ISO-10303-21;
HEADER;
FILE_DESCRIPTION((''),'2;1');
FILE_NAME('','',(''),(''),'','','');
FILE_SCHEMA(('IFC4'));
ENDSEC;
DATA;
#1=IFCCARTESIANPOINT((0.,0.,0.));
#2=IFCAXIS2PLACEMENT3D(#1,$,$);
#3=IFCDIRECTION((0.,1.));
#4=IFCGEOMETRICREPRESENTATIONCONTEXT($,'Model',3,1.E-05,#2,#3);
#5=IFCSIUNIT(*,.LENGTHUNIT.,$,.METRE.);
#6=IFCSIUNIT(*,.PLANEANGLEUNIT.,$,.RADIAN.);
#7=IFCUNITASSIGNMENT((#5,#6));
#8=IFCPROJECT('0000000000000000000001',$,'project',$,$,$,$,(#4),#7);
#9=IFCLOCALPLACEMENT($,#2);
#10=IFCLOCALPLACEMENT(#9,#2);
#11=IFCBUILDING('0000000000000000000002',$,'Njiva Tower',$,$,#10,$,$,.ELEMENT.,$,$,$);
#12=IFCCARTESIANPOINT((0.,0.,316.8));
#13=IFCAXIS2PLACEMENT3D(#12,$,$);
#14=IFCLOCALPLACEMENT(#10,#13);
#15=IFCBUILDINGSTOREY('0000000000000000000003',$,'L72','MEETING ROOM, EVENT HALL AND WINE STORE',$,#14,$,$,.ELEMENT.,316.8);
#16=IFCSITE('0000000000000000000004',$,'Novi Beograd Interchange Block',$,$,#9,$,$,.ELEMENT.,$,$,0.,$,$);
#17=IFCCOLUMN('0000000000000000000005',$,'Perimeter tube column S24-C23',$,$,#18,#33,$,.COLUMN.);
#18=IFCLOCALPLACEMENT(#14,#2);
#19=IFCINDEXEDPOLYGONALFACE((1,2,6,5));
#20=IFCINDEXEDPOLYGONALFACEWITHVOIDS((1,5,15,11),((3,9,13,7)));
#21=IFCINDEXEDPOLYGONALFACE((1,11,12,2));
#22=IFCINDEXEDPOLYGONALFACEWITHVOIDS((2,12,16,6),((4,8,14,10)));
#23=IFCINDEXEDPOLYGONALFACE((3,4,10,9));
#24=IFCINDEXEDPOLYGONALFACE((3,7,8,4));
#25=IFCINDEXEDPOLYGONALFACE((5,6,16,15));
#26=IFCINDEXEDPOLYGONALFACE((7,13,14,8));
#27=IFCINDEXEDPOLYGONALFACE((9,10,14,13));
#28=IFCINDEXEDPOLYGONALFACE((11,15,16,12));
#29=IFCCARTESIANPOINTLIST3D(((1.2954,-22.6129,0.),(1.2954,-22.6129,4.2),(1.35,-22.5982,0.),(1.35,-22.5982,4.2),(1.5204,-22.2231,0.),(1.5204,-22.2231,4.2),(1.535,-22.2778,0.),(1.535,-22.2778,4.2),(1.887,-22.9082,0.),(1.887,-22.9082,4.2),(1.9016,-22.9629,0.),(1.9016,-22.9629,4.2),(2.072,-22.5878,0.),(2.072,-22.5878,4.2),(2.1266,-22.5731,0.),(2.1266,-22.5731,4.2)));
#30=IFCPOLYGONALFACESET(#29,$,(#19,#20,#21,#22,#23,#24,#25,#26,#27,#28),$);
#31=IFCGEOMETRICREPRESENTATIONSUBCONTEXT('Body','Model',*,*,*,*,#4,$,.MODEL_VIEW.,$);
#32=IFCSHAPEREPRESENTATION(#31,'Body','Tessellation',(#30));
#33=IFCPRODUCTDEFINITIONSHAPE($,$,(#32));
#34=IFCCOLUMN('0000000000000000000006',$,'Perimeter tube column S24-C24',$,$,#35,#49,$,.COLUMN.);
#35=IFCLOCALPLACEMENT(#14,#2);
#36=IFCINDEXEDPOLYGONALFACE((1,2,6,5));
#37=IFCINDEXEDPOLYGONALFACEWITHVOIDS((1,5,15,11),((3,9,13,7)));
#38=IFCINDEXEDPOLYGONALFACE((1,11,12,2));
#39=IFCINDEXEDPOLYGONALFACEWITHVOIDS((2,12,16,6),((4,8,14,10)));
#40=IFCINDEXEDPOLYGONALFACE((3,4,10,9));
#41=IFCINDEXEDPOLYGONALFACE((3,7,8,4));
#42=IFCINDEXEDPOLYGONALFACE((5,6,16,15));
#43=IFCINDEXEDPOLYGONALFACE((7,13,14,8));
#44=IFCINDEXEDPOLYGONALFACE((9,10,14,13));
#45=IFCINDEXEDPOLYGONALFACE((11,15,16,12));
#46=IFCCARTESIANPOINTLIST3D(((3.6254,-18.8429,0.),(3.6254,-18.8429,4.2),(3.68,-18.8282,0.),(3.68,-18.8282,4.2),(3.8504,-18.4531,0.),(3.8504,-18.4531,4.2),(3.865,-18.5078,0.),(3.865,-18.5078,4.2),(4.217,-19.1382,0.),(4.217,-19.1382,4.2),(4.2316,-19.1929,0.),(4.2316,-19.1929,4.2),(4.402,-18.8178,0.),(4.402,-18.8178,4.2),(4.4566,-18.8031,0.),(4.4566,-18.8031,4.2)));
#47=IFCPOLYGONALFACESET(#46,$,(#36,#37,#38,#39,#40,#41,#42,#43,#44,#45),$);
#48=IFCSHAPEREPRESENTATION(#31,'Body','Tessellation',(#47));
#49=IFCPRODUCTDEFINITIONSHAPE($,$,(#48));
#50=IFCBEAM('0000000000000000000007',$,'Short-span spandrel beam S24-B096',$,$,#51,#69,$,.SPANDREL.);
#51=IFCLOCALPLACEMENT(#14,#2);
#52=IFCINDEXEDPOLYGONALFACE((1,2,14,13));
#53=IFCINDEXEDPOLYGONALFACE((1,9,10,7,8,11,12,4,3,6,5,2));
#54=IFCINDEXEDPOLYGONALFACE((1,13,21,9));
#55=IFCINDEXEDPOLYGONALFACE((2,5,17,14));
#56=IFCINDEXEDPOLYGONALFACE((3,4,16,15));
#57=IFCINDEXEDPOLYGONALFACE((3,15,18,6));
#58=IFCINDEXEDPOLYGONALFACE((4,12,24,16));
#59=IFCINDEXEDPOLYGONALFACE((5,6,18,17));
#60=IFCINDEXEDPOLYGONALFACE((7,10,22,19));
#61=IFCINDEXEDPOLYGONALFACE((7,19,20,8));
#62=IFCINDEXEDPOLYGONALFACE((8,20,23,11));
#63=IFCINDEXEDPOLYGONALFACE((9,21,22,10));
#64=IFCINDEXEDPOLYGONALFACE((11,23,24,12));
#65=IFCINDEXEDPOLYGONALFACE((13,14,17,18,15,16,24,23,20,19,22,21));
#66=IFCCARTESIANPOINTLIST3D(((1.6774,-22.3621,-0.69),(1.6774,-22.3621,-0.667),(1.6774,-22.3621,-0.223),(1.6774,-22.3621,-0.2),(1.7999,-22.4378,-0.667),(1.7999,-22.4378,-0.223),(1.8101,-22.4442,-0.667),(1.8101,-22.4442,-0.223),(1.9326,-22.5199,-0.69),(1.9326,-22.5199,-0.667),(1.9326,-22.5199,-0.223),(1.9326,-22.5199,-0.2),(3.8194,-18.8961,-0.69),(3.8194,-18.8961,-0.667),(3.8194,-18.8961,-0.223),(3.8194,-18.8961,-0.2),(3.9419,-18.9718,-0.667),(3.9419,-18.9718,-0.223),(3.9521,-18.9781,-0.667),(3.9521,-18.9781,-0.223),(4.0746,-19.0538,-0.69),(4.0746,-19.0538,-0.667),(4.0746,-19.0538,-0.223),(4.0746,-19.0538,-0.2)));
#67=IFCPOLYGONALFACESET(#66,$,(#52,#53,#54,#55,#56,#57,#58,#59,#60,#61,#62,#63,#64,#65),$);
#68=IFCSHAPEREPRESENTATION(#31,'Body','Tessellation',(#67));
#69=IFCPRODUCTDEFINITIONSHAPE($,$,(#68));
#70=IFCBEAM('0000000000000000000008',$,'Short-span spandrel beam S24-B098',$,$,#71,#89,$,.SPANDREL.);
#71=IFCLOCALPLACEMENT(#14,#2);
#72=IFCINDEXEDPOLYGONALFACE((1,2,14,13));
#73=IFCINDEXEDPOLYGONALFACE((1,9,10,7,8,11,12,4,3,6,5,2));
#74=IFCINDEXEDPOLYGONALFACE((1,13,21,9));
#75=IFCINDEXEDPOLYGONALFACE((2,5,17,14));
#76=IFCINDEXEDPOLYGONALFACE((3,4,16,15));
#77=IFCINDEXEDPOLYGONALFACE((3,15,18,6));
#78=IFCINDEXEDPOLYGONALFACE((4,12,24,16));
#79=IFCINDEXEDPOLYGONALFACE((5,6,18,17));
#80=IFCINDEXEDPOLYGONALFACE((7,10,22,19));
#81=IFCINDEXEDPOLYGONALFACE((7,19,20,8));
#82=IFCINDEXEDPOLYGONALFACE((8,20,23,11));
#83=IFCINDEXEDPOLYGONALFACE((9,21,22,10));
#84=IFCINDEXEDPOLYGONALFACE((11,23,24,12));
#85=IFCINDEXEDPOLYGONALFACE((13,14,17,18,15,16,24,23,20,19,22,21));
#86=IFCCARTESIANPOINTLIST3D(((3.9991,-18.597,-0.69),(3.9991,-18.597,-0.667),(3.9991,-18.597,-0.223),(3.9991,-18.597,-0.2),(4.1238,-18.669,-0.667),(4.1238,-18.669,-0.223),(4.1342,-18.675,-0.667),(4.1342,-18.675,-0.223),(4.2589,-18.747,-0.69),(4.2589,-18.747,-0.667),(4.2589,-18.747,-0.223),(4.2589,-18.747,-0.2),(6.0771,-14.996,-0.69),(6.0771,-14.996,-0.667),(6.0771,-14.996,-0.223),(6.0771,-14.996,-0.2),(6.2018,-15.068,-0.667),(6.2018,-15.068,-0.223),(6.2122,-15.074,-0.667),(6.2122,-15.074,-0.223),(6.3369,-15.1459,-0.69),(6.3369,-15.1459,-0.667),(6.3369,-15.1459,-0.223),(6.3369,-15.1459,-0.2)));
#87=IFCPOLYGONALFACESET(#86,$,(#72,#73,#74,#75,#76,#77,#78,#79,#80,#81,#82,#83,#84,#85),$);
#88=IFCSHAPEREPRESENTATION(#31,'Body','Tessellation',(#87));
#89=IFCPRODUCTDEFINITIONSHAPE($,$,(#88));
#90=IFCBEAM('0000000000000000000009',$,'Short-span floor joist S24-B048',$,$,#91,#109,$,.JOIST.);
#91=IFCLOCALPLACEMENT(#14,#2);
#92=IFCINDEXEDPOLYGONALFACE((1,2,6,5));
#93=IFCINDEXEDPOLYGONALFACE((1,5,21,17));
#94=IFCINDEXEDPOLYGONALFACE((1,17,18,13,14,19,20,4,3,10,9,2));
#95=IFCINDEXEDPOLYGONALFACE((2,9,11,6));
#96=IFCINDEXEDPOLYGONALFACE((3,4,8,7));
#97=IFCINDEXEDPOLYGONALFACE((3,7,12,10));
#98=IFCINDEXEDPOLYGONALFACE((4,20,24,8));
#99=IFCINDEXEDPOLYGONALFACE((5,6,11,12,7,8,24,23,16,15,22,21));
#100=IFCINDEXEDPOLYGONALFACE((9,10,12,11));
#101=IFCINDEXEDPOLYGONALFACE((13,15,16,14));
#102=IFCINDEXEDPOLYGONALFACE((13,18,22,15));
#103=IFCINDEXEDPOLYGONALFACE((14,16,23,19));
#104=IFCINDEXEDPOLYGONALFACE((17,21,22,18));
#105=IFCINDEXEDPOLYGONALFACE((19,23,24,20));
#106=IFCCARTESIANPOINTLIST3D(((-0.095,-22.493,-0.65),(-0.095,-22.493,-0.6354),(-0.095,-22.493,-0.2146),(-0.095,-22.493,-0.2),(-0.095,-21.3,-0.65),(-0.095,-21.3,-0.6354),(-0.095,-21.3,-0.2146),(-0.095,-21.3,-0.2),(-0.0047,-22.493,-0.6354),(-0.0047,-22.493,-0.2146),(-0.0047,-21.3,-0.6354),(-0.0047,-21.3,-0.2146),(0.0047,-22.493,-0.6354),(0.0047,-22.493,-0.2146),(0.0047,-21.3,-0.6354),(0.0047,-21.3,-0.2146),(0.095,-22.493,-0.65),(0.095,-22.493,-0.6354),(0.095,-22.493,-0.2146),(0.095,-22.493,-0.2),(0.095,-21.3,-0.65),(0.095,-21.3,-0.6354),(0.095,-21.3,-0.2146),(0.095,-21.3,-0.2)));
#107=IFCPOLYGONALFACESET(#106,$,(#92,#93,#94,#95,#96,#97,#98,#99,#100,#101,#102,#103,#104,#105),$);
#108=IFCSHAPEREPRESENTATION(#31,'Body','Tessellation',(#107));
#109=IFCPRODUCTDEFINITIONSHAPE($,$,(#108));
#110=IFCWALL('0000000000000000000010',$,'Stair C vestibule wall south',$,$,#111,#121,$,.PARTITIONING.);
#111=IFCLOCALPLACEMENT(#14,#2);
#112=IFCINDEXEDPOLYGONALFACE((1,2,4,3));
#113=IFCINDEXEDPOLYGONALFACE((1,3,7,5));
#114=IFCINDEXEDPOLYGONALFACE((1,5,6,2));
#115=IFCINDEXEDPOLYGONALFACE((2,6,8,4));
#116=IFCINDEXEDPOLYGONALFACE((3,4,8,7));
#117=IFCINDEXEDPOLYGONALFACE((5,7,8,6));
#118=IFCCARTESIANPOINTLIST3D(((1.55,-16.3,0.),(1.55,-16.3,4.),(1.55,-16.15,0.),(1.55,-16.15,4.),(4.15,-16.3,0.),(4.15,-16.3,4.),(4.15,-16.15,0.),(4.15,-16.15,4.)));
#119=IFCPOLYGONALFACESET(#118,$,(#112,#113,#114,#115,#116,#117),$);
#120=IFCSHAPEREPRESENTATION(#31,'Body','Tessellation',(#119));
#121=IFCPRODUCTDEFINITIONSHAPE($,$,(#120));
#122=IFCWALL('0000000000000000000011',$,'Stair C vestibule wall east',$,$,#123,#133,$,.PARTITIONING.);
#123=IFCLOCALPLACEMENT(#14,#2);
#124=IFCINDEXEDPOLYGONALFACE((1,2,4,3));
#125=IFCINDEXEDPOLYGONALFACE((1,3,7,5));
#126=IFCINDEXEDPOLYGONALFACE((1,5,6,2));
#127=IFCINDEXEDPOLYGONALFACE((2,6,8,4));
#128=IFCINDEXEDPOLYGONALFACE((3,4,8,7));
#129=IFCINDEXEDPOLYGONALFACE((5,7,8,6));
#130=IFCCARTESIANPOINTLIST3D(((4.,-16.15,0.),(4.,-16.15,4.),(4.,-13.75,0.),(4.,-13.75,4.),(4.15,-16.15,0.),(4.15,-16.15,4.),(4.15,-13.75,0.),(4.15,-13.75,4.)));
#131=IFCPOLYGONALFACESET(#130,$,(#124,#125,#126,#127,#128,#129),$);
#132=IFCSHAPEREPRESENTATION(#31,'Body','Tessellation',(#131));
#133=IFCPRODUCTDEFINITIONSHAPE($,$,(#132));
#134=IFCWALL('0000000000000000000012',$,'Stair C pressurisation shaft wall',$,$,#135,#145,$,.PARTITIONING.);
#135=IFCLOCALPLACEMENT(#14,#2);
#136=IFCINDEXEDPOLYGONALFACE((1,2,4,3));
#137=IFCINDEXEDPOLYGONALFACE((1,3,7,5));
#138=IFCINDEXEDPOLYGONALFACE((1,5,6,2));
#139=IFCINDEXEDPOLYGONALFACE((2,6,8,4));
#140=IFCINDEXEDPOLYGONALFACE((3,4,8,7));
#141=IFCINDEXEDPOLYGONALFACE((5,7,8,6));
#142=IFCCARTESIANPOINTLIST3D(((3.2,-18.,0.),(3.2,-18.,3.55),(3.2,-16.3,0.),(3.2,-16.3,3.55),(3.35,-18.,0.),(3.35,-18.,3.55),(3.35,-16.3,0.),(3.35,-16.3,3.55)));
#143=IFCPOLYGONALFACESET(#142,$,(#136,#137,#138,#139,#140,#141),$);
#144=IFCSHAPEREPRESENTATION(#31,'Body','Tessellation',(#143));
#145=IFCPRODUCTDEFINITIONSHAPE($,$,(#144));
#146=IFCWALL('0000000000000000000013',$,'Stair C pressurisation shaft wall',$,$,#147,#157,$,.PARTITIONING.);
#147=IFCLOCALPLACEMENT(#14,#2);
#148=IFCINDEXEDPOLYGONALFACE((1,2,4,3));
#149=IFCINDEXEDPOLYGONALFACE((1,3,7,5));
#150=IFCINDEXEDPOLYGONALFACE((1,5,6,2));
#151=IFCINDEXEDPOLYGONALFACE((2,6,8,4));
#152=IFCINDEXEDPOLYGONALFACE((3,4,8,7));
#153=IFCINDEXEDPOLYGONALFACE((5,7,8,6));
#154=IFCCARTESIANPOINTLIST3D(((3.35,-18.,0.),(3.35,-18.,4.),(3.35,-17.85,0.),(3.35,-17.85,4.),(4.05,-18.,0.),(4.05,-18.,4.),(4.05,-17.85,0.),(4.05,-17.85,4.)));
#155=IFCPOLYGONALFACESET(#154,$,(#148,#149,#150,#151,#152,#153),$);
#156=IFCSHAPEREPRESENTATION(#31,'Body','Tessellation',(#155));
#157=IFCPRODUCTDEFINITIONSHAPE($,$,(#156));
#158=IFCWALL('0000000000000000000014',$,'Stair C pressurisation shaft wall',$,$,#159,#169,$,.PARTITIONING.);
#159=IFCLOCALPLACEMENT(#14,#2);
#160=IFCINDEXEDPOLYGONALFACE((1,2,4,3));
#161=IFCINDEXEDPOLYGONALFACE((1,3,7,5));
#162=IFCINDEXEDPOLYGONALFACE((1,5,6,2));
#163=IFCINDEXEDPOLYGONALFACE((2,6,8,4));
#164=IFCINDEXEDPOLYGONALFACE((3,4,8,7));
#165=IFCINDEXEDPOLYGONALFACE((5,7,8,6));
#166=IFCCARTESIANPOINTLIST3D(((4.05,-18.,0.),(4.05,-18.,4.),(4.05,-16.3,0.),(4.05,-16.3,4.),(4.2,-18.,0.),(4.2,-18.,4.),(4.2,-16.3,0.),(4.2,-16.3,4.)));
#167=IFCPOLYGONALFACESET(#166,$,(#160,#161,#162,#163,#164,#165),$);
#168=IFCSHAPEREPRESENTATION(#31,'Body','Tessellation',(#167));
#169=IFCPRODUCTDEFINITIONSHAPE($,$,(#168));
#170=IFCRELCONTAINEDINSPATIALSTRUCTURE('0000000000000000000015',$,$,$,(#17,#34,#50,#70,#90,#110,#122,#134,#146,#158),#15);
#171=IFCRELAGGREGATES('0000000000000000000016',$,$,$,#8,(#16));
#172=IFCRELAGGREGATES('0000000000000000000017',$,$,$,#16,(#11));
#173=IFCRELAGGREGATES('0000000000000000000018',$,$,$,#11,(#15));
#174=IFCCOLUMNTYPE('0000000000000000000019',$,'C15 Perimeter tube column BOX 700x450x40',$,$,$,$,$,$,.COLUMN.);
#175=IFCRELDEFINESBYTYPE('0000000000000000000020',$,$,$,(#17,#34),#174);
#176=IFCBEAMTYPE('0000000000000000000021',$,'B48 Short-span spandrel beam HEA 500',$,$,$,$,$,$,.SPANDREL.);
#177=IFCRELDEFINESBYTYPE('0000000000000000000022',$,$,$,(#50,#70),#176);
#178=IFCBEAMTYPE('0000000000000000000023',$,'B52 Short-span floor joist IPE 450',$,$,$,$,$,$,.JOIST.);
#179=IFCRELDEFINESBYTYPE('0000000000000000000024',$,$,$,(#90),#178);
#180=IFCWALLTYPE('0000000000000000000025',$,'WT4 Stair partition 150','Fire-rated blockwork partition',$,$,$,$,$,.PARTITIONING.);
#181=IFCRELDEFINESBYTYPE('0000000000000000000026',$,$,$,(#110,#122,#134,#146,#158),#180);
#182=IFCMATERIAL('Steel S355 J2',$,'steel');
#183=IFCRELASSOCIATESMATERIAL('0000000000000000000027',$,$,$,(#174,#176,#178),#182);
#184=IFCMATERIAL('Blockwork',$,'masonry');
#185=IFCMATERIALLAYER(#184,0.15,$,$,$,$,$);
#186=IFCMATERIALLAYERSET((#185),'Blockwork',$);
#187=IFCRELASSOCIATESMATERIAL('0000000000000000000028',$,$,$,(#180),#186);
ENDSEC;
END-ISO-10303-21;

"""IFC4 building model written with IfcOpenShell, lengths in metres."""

from ifc_helpers import new_model, si_unit, direction, frame, frame_2d, origin, origin_2d, place, context, subcontext, project, spatial, rectangle, hollow_rectangle, i_section, extrude, material, layer, layer_set, material_profile, profile_set, type_object, element, save


model = new_model("IFC4")

# Units and contexts
model_context = context("Model", 3, precision=1e-05, world=origin(), true_north=direction((0.0, 1.0)))
body_context = subcontext(model_context, "Body", "Model", "MODEL_VIEW")
ifc_project = project(units=[si_unit("LENGTHUNIT", "METRE"), si_unit("PLANEANGLEUNIT", "RADIAN")], contexts=[model_context])

# Site, building, storey
site_placement = place(None, origin())
site = spatial("IfcSite", under=ifc_project, at=site_placement, Name="Novi Beograd Interchange Block", CompositionType="ELEMENT", RefElevation=0.0)
building_placement = place(site_placement, origin())
building = spatial("IfcBuilding", under=site, at=building_placement, Name="Njiva Tower", CompositionType="ELEMENT")
storey_placement = place(building_placement, frame((0.0, 0.0, 316.8)))
storey = spatial("IfcBuildingStorey", under=building, at=storey_placement, Name="L72", Description="MEETING ROOM, EVENT HALL AND WINE STORE", CompositionType="ELEMENT", Elevation=316.8)

# Columns
ifc_material_1 = material(Name="Steel S355 J2", Category="steel")
ifc_material_profile_1 = material_profile(ifc_material_1, hollow_rectangle(XDim=0.45, YDim=0.7, WallThickness=0.04, at=origin_2d()), Name="BOX 700x450x40")
ifc_profile_set_1 = profile_set([ifc_material_profile_1], Name="Steel S355 J2")
column_type = type_object("IfcColumnType", Name="C15 Perimeter tube column BOX 700x450x40", PredefinedType="COLUMN", material=ifc_profile_set_1)
for number, where, z_axis, x_axis, name in (
    (1, (1.711, -22.593, 0.0), (0.0, 0.0, 1.0), (0.5, 0.866025, 0.0), "Perimeter tube column S24-C23"),
    (2, (4.041, -18.823, 0.0), (0.0, 0.0, 1.0), (0.5, 0.866025, 0.0), "Perimeter tube column S24-C24"),
):
    element("IfcColumn", number, at=place(storey_placement, frame(where, z_axis=z_axis, x_axis=x_axis)), inside=storey, type_object=column_type, Name=name, PredefinedType="COLUMN", context=body_context, shape_type="SweptSolid", body=[
        extrude(hollow_rectangle(XDim=0.45, YDim=0.7, WallThickness=0.04, at=origin_2d()), origin(), (0.0, 0.0, 1.0), 4.2),
    ])

# Beams
ifc_material_profile_2 = material_profile(ifc_material_1, i_section(OverallWidth=0.3, OverallDepth=0.49, WebThickness=0.012, FlangeThickness=0.023, at=origin_2d()), Name="HEA 500")
ifc_profile_set_2 = profile_set([ifc_material_profile_2], Name="Steel S355 J2")
beam_type_1 = type_object("IfcBeamType", Name="B48 Short-span spandrel beam HEA 500", PredefinedType="SPANDREL", material=ifc_profile_set_2)
beam_1_placement = place(storey_placement, frame((1.805, -22.441, -0.445), z_axis=(0.525712, 0.850662, 0.0), x_axis=(-0.850662, 0.525712, 0.0)))
element("IfcBeam", 3, at=beam_1_placement, inside=storey, type_object=beam_type_1, Name="Short-span spandrel beam S24-B096", PredefinedType="SPANDREL", context=body_context, shape_type="SweptSolid", body=[
    extrude(i_section(OverallWidth=0.3, OverallDepth=0.49, WebThickness=0.012, FlangeThickness=0.023, at=origin_2d()), origin(), (0.0, 0.0, 1.0), 4.0745),
])
beam_2_placement = place(storey_placement, frame((4.129, -18.672, -0.445), z_axis=(0.499813, 0.866134, 0.0), x_axis=(-0.866134, 0.499813, 0.0)))
element("IfcBeam", 4, at=beam_2_placement, inside=storey, type_object=beam_type_1, Name="Short-span spandrel beam S24-B098", PredefinedType="SPANDREL", context=body_context, shape_type="SweptSolid", body=[
    extrude(i_section(OverallWidth=0.3, OverallDepth=0.49, WebThickness=0.012, FlangeThickness=0.023, at=origin_2d()), origin(), (0.0, 0.0, 1.0), 4.1576),
])
ifc_material_profile_3 = material_profile(ifc_material_1, i_section(OverallWidth=0.19, OverallDepth=0.45, WebThickness=0.0094, FlangeThickness=0.0146, at=origin_2d()), Name="IPE 450")
ifc_profile_set_3 = profile_set([ifc_material_profile_3], Name="Steel S355 J2")
beam_type_2 = type_object("IfcBeamType", Name="B52 Short-span floor joist IPE 450", PredefinedType="JOIST", material=ifc_profile_set_3)
beam_3_placement = place(storey_placement, frame((0.0, -21.3, -0.425), z_axis=(0.0, -1.0, 0.0), x_axis=(1.0, 0.0, 0.0)))
element("IfcBeam", 5, at=beam_3_placement, inside=storey, type_object=beam_type_2, Name="Short-span floor joist S24-B048", PredefinedType="JOIST", context=body_context, shape_type="SweptSolid", body=[
    extrude(i_section(OverallWidth=0.19, OverallDepth=0.45, WebThickness=0.0094, FlangeThickness=0.0146, at=origin_2d()), origin(), (0.0, 0.0, 1.0), 1.193),
])

# Walls
ifc_material_2 = material(Name="Blockwork", Category="masonry")
ifc_layer_1 = layer(ifc_material_2, 0.15)
ifc_layer_set_1 = layer_set([ifc_layer_1], Name="Blockwork")
wall_type_1 = type_object("IfcWallType", Name="WT4 Stair partition 150", Description="Fire-rated blockwork partition", PredefinedType="PARTITIONING", material=ifc_layer_set_1)
wall_1_placement = place(storey_placement, frame((1.55, -16.225, 0.0), z_axis=(0.0, 0.0, 1.0), x_axis=(1.0, 0.0, 0.0)))
element("IfcWall", 6, at=wall_1_placement, inside=storey, type_object=wall_type_1, Name="Stair C vestibule wall south", PredefinedType="PARTITIONING", context=body_context, shape_type="SweptSolid", body=[
    extrude(rectangle(XDim=2.6, YDim=0.15, at=frame_2d((1.3, 0.0))), origin(), (0.0, 0.0, 1.0), 4.0),
])
wall_2_placement = place(storey_placement, frame((4.075, -16.15, 0.0), z_axis=(0.0, 0.0, 1.0), x_axis=(0.0, 1.0, 0.0)))
element("IfcWall", 7, at=wall_2_placement, inside=storey, type_object=wall_type_1, Name="Stair C vestibule wall east", PredefinedType="PARTITIONING", context=body_context, shape_type="SweptSolid", body=[
    extrude(rectangle(XDim=2.4, YDim=0.15, at=frame_2d((1.2, 0.0))), origin(), (0.0, 0.0, 1.0), 4.0),
])
wall_3_placement = place(storey_placement, frame((3.275, -18.0, 0.0), z_axis=(0.0, 0.0, 1.0), x_axis=(0.0, 1.0, 0.0)))
element("IfcWall", 8, at=wall_3_placement, inside=storey, type_object=wall_type_1, Name="Stair C pressurisation shaft wall", PredefinedType="PARTITIONING", context=body_context, shape_type="SweptSolid", body=[
    extrude(rectangle(XDim=1.7, YDim=0.15, at=frame_2d((0.85, 0.0))), origin(), (0.0, 0.0, 1.0), 3.55),
])
wall_4_placement = place(storey_placement, frame((3.35, -17.925, 0.0), z_axis=(0.0, 0.0, 1.0), x_axis=(1.0, 0.0, 0.0)))
element("IfcWall", 9, at=wall_4_placement, inside=storey, type_object=wall_type_1, Name="Stair C pressurisation shaft wall", PredefinedType="PARTITIONING", context=body_context, shape_type="SweptSolid", body=[
    extrude(rectangle(XDim=0.7, YDim=0.15, at=frame_2d((0.35, 0.0))), origin(), (0.0, 0.0, 1.0), 4.0),
])
wall_5_placement = place(storey_placement, frame((4.125, -18.0, 0.0), z_axis=(0.0, 0.0, 1.0), x_axis=(0.0, 1.0, 0.0)))
element("IfcWall", 10, at=wall_5_placement, inside=storey, type_object=wall_type_1, Name="Stair C pressurisation shaft wall", PredefinedType="PARTITIONING", context=body_context, shape_type="SweptSolid", body=[
    extrude(rectangle(XDim=1.7, YDim=0.15, at=frame_2d((0.85, 0.0))), origin(), (0.0, 0.0, 1.0), 4.0),
])

save(model, "model.ifc")
